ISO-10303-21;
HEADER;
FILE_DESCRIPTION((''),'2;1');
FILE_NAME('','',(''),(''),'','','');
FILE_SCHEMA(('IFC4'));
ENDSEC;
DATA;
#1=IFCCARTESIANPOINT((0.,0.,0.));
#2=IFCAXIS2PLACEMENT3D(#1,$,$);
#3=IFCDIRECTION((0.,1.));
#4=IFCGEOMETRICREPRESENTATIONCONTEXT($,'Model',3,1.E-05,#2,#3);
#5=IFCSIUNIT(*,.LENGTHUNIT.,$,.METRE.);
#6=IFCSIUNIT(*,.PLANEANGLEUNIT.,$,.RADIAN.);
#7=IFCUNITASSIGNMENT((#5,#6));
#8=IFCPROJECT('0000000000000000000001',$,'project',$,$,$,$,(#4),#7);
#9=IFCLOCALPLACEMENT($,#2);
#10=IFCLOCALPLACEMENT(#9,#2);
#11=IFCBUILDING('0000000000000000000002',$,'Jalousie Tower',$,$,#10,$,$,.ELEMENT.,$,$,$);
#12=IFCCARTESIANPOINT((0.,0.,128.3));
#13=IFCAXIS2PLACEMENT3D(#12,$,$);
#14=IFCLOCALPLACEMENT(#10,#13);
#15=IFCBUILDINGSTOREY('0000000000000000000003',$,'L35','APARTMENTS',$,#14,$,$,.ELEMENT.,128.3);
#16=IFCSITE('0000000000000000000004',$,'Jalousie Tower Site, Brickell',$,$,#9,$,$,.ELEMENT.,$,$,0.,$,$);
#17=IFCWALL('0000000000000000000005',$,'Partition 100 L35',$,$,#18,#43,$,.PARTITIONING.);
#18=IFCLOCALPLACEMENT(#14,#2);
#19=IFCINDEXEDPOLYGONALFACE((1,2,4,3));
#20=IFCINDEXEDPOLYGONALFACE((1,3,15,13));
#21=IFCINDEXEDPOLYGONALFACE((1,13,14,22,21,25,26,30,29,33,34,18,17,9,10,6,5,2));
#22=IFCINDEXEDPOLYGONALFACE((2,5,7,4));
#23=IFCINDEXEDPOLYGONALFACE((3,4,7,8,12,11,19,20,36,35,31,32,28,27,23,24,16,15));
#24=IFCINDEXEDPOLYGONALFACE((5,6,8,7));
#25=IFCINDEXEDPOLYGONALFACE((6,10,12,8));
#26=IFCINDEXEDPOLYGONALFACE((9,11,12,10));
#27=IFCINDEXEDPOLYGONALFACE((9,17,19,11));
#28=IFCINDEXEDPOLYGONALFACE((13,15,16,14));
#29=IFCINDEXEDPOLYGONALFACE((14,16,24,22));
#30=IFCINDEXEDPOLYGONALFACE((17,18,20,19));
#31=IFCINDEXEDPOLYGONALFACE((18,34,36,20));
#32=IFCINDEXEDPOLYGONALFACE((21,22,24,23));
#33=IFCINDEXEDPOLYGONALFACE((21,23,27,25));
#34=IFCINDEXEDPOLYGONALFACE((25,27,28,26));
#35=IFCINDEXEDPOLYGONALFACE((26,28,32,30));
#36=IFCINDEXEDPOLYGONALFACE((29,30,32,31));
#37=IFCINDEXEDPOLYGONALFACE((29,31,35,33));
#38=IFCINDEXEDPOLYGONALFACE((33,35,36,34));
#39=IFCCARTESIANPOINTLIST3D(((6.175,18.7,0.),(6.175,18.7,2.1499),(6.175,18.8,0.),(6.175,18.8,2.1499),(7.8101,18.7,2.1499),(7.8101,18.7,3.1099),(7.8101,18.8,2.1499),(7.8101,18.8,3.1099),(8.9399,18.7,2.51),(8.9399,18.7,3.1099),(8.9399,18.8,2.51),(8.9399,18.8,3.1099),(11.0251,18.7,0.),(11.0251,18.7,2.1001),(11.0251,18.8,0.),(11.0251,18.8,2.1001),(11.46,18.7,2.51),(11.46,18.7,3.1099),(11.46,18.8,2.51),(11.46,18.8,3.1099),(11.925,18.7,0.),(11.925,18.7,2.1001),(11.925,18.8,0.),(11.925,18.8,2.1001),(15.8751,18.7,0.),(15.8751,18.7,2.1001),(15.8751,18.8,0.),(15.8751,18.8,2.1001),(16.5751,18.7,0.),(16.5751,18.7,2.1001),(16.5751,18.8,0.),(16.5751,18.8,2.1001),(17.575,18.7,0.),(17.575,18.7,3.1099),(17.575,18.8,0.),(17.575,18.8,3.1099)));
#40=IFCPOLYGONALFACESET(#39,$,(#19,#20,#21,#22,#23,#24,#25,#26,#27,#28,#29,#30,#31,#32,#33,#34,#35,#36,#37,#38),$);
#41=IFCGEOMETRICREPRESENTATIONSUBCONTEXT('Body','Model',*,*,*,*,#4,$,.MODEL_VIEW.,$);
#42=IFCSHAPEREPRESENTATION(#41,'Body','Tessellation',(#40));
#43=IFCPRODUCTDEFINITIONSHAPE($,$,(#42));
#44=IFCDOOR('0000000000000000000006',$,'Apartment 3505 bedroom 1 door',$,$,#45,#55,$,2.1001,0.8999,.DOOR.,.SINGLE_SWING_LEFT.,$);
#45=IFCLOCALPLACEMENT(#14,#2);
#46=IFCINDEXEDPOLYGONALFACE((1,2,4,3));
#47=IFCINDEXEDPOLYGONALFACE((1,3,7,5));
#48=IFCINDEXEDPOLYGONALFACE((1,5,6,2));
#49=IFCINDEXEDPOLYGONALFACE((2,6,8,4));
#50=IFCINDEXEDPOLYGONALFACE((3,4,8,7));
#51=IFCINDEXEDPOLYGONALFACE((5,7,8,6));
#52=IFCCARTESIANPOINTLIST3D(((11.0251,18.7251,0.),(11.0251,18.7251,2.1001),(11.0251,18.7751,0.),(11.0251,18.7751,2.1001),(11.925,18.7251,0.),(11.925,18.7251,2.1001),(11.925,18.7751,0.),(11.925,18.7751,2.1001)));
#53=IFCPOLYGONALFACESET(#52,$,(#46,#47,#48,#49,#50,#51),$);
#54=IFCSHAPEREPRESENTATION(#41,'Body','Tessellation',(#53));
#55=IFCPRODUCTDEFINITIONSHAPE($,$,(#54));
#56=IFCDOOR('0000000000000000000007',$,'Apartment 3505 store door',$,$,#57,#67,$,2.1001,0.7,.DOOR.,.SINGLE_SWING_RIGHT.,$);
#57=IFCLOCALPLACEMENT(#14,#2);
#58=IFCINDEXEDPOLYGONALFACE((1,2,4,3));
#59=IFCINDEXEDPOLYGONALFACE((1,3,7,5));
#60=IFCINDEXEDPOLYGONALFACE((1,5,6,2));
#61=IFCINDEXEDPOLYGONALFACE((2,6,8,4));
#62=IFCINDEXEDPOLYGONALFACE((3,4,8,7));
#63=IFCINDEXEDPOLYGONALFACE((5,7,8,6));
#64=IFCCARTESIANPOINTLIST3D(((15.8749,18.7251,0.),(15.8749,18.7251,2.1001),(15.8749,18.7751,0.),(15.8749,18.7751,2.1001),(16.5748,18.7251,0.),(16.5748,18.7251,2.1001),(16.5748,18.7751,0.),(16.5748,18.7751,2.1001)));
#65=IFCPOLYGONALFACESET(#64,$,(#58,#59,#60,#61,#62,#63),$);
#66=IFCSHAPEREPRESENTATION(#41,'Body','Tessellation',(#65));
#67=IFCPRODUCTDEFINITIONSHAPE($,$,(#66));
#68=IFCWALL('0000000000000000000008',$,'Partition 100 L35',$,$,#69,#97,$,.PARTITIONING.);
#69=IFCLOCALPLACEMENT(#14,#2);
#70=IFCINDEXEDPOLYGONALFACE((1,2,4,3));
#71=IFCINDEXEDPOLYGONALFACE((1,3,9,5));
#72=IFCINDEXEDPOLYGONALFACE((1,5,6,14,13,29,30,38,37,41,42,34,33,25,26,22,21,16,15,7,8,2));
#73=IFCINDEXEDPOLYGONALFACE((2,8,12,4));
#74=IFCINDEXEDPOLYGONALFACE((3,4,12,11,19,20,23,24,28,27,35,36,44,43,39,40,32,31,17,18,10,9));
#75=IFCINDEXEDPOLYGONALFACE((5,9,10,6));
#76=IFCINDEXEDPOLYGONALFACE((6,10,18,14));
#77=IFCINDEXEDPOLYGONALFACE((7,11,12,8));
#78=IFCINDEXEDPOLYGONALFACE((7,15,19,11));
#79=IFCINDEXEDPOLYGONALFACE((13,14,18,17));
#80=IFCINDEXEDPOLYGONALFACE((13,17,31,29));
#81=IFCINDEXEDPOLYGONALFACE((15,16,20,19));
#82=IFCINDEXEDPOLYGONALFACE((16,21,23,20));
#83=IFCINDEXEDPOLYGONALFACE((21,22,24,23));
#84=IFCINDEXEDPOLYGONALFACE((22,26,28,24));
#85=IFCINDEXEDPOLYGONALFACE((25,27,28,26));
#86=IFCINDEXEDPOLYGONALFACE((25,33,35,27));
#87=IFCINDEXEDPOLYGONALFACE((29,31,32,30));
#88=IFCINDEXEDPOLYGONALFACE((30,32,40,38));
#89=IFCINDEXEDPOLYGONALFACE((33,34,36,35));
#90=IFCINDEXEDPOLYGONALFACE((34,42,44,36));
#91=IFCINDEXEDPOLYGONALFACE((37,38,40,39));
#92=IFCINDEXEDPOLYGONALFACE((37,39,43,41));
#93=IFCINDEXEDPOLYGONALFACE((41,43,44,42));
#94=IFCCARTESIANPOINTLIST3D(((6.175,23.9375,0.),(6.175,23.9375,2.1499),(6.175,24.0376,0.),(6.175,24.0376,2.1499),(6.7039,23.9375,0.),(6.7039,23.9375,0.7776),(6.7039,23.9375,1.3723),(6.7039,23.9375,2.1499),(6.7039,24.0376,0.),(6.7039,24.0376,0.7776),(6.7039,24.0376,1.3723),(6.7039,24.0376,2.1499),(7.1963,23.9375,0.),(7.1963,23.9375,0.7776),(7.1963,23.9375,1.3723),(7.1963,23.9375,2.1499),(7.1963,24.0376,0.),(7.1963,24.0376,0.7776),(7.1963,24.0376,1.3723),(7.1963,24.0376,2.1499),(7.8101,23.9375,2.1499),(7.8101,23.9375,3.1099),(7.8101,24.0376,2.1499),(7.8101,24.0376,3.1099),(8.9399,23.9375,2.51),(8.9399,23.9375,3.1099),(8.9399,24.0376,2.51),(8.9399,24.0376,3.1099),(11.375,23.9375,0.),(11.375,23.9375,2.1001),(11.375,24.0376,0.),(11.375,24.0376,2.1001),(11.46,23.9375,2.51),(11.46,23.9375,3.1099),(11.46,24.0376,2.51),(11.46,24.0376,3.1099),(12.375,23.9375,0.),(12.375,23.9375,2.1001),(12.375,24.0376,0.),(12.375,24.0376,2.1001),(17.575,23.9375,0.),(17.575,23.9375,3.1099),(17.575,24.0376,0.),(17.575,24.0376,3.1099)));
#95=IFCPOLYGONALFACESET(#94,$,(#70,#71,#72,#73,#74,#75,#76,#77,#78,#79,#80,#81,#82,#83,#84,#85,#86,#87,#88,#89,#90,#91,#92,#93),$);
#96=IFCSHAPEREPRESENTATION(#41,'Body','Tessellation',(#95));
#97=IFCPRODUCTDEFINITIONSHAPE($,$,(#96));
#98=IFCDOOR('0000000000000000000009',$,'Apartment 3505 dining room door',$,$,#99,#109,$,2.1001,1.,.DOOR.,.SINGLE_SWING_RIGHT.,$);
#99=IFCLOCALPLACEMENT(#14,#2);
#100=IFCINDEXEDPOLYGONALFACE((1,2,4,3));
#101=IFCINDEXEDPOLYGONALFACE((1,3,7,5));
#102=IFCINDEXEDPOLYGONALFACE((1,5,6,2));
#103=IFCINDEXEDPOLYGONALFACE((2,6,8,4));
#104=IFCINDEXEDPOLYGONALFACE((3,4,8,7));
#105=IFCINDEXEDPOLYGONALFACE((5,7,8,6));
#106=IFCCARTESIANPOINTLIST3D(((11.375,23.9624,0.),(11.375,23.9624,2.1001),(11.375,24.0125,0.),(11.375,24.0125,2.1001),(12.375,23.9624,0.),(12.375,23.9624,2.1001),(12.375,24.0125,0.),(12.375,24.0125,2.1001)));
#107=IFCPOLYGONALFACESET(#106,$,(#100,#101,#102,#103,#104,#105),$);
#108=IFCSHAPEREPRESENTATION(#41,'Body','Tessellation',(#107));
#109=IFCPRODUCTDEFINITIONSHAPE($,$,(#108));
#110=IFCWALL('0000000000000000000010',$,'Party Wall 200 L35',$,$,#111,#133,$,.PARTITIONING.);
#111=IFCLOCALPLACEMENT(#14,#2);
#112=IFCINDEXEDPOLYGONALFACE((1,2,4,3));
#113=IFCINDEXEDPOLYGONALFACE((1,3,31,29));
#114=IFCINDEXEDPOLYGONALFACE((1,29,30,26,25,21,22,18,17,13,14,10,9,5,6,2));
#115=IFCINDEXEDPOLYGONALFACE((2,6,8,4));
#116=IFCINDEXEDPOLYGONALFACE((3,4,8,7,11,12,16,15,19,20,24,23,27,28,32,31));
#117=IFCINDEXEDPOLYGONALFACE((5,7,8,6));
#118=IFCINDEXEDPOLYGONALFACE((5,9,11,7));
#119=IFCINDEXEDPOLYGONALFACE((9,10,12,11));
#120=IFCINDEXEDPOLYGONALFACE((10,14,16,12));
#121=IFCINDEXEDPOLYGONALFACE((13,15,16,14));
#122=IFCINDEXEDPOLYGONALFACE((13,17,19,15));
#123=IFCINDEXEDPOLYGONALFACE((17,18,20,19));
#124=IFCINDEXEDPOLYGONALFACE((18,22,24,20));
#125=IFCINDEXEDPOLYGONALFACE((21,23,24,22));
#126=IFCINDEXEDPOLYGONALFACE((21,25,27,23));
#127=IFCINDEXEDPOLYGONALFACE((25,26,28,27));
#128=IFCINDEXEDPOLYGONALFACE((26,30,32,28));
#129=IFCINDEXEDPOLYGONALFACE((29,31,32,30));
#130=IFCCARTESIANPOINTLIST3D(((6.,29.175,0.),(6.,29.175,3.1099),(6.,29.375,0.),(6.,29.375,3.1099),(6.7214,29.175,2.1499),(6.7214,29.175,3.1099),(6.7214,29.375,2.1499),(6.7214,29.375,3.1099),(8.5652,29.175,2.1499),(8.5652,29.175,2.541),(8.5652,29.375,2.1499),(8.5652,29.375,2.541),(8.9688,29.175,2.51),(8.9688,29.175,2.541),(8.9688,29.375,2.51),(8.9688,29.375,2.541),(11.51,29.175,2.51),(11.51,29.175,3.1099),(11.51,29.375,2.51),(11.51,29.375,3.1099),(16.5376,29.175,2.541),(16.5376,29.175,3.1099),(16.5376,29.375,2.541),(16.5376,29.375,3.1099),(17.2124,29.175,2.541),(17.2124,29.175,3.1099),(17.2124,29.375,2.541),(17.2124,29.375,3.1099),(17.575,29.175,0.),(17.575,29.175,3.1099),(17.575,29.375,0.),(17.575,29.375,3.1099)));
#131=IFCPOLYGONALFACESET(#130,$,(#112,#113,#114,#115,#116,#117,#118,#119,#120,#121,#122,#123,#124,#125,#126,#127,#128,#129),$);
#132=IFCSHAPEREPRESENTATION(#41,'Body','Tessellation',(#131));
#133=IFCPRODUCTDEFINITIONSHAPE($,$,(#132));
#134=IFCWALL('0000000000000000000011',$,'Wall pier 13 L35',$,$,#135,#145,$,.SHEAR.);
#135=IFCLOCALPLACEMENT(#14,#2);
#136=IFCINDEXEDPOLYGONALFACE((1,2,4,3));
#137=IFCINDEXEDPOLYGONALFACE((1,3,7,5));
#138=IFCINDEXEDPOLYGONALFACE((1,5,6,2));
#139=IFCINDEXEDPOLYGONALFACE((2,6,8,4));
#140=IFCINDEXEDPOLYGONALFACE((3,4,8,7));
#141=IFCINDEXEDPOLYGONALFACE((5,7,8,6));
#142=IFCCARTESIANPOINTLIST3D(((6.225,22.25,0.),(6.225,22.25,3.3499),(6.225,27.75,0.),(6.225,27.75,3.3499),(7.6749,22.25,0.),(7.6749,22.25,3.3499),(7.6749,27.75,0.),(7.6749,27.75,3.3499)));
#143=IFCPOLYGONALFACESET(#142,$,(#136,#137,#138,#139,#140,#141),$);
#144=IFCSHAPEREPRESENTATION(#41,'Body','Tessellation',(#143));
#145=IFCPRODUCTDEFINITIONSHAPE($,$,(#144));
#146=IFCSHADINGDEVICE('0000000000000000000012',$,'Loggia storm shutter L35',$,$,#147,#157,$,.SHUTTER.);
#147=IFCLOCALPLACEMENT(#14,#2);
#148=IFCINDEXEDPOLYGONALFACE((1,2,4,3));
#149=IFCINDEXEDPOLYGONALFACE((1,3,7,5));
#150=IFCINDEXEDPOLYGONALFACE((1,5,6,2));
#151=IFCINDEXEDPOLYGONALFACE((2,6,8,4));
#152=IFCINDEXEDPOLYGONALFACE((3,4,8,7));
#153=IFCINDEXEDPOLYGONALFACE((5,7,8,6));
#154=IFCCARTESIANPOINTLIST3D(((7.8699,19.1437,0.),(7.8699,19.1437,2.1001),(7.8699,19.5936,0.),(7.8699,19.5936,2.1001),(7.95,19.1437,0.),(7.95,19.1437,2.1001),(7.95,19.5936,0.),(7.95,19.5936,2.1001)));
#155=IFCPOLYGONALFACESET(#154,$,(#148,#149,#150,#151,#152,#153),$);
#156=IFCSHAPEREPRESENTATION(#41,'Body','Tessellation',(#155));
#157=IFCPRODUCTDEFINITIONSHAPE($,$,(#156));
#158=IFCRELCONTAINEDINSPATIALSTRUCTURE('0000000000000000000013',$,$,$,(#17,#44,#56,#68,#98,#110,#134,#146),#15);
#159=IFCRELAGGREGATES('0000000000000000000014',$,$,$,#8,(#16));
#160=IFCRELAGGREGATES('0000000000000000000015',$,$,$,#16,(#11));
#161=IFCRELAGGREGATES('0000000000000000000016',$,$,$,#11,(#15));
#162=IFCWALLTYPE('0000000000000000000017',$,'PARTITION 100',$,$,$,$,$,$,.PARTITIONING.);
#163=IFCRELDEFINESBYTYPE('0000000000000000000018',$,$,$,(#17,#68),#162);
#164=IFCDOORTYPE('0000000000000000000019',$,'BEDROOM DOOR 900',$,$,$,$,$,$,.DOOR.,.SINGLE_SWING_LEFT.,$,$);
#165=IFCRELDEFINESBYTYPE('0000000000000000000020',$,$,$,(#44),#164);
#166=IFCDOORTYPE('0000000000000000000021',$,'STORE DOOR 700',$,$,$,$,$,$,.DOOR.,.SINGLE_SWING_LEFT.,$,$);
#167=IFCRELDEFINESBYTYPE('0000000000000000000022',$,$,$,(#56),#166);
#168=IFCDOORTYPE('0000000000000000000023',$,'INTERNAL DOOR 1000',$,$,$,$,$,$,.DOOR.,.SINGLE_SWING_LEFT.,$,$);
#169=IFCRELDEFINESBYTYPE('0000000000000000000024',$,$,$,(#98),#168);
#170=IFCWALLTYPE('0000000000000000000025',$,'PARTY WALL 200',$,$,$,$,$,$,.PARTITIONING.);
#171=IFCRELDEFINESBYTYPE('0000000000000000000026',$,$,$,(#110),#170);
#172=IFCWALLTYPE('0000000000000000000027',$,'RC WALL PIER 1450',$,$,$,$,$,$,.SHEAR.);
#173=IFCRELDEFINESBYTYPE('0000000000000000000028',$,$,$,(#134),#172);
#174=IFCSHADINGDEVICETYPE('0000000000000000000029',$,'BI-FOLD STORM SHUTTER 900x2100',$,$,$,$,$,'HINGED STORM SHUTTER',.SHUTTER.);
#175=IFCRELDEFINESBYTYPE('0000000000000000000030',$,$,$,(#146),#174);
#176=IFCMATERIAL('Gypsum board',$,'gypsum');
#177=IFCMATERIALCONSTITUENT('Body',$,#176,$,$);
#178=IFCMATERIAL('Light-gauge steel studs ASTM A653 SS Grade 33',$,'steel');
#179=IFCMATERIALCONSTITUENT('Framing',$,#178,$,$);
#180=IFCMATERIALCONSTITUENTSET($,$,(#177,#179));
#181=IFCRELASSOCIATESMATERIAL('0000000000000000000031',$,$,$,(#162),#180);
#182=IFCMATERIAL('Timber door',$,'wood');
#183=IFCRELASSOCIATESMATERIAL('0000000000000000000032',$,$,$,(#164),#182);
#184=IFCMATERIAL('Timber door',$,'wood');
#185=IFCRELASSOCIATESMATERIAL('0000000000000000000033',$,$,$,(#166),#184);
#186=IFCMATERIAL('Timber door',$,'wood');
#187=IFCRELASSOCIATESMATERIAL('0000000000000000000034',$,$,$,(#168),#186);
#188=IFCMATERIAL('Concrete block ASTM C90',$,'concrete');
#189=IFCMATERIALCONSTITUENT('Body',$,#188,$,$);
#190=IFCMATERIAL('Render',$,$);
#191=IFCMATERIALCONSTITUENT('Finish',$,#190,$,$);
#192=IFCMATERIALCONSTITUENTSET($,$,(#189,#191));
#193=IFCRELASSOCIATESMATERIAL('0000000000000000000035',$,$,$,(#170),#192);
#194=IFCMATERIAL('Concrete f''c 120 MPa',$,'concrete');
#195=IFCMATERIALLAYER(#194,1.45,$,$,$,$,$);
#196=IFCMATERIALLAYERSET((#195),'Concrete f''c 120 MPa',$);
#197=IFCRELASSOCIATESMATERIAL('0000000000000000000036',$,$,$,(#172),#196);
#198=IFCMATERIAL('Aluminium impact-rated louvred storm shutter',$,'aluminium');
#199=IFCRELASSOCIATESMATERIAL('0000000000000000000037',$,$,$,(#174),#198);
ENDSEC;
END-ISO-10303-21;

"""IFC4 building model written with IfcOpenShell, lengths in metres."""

from ifc_helpers import new_model, si_unit, direction, frame, frame_2d, origin, origin_2d, place, context, subcontext, project, spatial, polyline, rectangle, outline, extrude, material, layer, layer_set, constituent, constituent_set, type_object, element, fill, save


model = new_model("IFC4")

# Units and contexts
model_context = context("Model", 3, precision=1e-05, world=origin(), true_north=direction((0.0, 1.0)))
body_context = subcontext(model_context, "Body", "Model", "MODEL_VIEW")
ifc_project = project(units=[si_unit("LENGTHUNIT", "METRE"), si_unit("PLANEANGLEUNIT", "RADIAN")], contexts=[model_context])

# Site, building, storey
site_placement = place(None, origin())
site = spatial("IfcSite", under=ifc_project, at=site_placement, Name="Jalousie Tower Site, Brickell", CompositionType="ELEMENT", RefElevation=0.0)
building_placement = place(site_placement, origin())
building = spatial("IfcBuilding", under=site, at=building_placement, Name="Jalousie Tower", CompositionType="ELEMENT")
storey_placement = place(building_placement, frame((0.0, 0.0, 128.3)))
storey = spatial("IfcBuildingStorey", under=building, at=storey_placement, Name="L35", Description="APARTMENTS", CompositionType="ELEMENT", Elevation=128.3)

# Wall, openings, doors
ifc_material_1 = material(Name="Gypsum board", Category="gypsum")
ifc_constituent_1 = constituent(ifc_material_1, Name="Body")
ifc_material_2 = material(Name="Light-gauge steel studs ASTM A653 SS Grade 33", Category="steel")
ifc_constituent_2 = constituent(ifc_material_2, Name="Framing")
ifc_constituent_set_1 = constituent_set(constituents=[ifc_constituent_1, ifc_constituent_2])
wall_type_1 = type_object("IfcWallType", Name="PARTITION 100", PredefinedType="PARTITIONING", material=ifc_constituent_set_1)
wall_1_placement = place(storey_placement, frame((6.175, 18.75, 0.0), z_axis=(0.0, 0.0, 1.0), x_axis=(1.0, 0.0, 0.0)))
wall_1 = element("IfcWall", 1, at=wall_1_placement, inside=storey, type_object=wall_type_1, Name="Partition 100 L35", PredefinedType="PARTITIONING", context=body_context, shape_type="SweptSolid", body=[
    extrude(outline(polyline([(0.0, 0.0), (11.3999, 0.0), (11.3999, 3.1099), (5.2849, 3.1099), (5.2849, 2.51), (2.7649, 2.51), (2.7649, 3.1099), (1.635, 3.1099), (1.635, 2.1499), (0.0, 2.1499), (0.0, 3.1099), (0.0, 0.0)])), frame((0.0, 0.05, 0.0), z_axis=(0.0, -1.0, 0.0), x_axis=(1.0, 0.0, 0.0)), (0.0, 0.0, 1.0), 0.1001),
])
opening_1_placement = place(wall_1_placement, frame((4.8501, 0.0, 0.0)))
opening_1 = element("IfcOpeningElement", 2, at=opening_1_placement, cuts=wall_1, PredefinedType="OPENING", context=body_context, shape_type="SweptSolid", body=[
    extrude(rectangle(XDim=0.8999, YDim=2.1001, at=frame_2d((0.45, 1.05))), frame((0.0, 0.0601, 0.0), z_axis=(0.0, -1.0, 0.0), x_axis=(1.0, 0.0, 0.0)), (0.0, 0.0, 1.0), 0.1201),
])
opening_2_placement = place(wall_1_placement, frame((9.7, 0.0, 0.0)))
opening_2 = element("IfcOpeningElement", 3, at=opening_2_placement, cuts=wall_1, PredefinedType="OPENING", context=body_context, shape_type="SweptSolid", body=[
    extrude(rectangle(XDim=0.7, YDim=2.1001, at=frame_2d((0.3501, 1.05))), frame((0.0, 0.0601, 0.0), z_axis=(0.0, -1.0, 0.0), x_axis=(1.0, 0.0, 0.0)), (0.0, 0.0, 1.0), 0.1201),
])
ifc_material_3 = material(Name="Timber door", Category="wood")
door_type_1 = type_object("IfcDoorType", Name="BEDROOM DOOR 900", OperationType="SINGLE_SWING_LEFT", PredefinedType="DOOR", material=ifc_material_3)
door_1_placement = place(opening_1_placement, frame((0.8999, 0.0, 0.0), z_axis=(0.0, 0.0, 1.0), x_axis=(-1.0, 0.0, 0.0)))
door_1 = element("IfcDoor", 4, at=door_1_placement, inside=storey, type_object=door_type_1, Name="Apartment 3505 bedroom 1 door", OperationType="SINGLE_SWING_LEFT", OverallHeight=2.1001, OverallWidth=0.8999, PredefinedType="DOOR", context=body_context, shape_type="SweptSolid", body=[
    extrude(rectangle(XDim=0.8999, YDim=2.1001, at=frame_2d((0.45, 1.05))), frame((0.0, 0.0249, 0.0), z_axis=(0.0, -1.0, 0.0), x_axis=(1.0, 0.0, 0.0)), (0.0, 0.0, 1.0), 0.05),
])
fill(opening_1, door_1)
ifc_material_4 = material(Name="Timber door", Category="wood")
door_type_2 = type_object("IfcDoorType", Name="STORE DOOR 700", OperationType="SINGLE_SWING_LEFT", PredefinedType="DOOR", material=ifc_material_4)
door_2_placement = place(opening_2_placement, frame((0.7, 0.0, 0.0), z_axis=(0.0, 0.0, 1.0), x_axis=(-1.0, 0.0, 0.0)))
door_2 = element("IfcDoor", 5, at=door_2_placement, inside=storey, type_object=door_type_2, Name="Apartment 3505 store door", OperationType="SINGLE_SWING_RIGHT", OverallHeight=2.1001, OverallWidth=0.7, PredefinedType="DOOR", context=body_context, shape_type="SweptSolid", body=[
    extrude(rectangle(XDim=0.7, YDim=2.1001, at=frame_2d((0.3501, 1.05))), frame((0.0, 0.0249, 0.0), z_axis=(0.0, -1.0, 0.0), x_axis=(1.0, 0.0, 0.0)), (0.0, 0.0, 1.0), 0.05),
])
fill(opening_2, door_2)

# Wall, opening, door
wall_2_placement = place(storey_placement, frame((6.175, 23.9875, 0.0), z_axis=(0.0, 0.0, 1.0), x_axis=(1.0, 0.0, 0.0)))
wall_2 = element("IfcWall", 6, at=wall_2_placement, inside=storey, type_object=wall_type_1, Name="Partition 100 L35", PredefinedType="PARTITIONING", context=body_context, shape_type="SweptSolid", body=[
    extrude(outline(polyline([(0.5288, 2.1499), (0.0, 2.1499), (0.0, 0.0), (0.5288, 0.0), (0.5288, 0.7776), (1.0212, 0.7776), (1.0212, 0.0), (11.3999, 0.0), (11.3999, 3.1099), (5.2849, 3.1099), (5.2849, 2.51), (2.7649, 2.51), (2.7649, 3.1099), (1.635, 3.1099), (1.635, 2.1499), (1.0212, 2.1499), (1.0212, 1.3723), (0.5288, 1.3723), (0.5288, 2.1499)])), frame((0.0, 0.05, 0.0), z_axis=(0.0, -1.0, 0.0), x_axis=(1.0, 0.0, 0.0)), (0.0, 0.0, 1.0), 0.1001),
])
opening_3_placement = place(wall_2_placement, frame((5.2, 0.0, 0.0)))
opening_3 = element("IfcOpeningElement", 7, at=opening_3_placement, cuts=wall_2, PredefinedType="OPENING", context=body_context, shape_type="SweptSolid", body=[
    extrude(rectangle(XDim=1.0, YDim=2.1001, at=frame_2d((0.5, 1.05))), frame((0.0, 0.0601, 0.0), z_axis=(0.0, -1.0, 0.0), x_axis=(1.0, 0.0, 0.0)), (0.0, 0.0, 1.0), 0.1201),
])
ifc_material_5 = material(Name="Timber door", Category="wood")
door_type_3 = type_object("IfcDoorType", Name="INTERNAL DOOR 1000", OperationType="SINGLE_SWING_LEFT", PredefinedType="DOOR", material=ifc_material_5)
door_3_placement = place(opening_3_placement, origin())
door_3 = element("IfcDoor", 8, at=door_3_placement, inside=storey, type_object=door_type_3, Name="Apartment 3505 dining room door", OperationType="SINGLE_SWING_RIGHT", OverallHeight=2.1001, OverallWidth=1.0, PredefinedType="DOOR", context=body_context, shape_type="SweptSolid", body=[
    extrude(rectangle(XDim=1.0, YDim=2.1001, at=frame_2d((0.5, 1.05))), frame((0.0, 0.0249, 0.0), z_axis=(0.0, -1.0, 0.0), x_axis=(1.0, 0.0, 0.0)), (0.0, 0.0, 1.0), 0.05),
])
fill(opening_3, door_3)

# Walls
ifc_material_6 = material(Name="Concrete block ASTM C90", Category="concrete")
ifc_constituent_3 = constituent(ifc_material_6, Name="Body")
ifc_material_7 = material(Name="Render")
ifc_constituent_4 = constituent(ifc_material_7, Name="Finish")
ifc_constituent_set_2 = constituent_set(constituents=[ifc_constituent_3, ifc_constituent_4])
wall_type_2 = type_object("IfcWallType", Name="PARTY WALL 200", PredefinedType="PARTITIONING", material=ifc_constituent_set_2)
wall_3_placement = place(storey_placement, frame((6.0, 29.2749, 0.0), z_axis=(0.0, 0.0, 1.0), x_axis=(1.0, 0.0, 0.0)))
element("IfcWall", 9, at=wall_3_placement, inside=storey, type_object=wall_type_2, Name="Party Wall 200 L35", PredefinedType="PARTITIONING", context=body_context, shape_type="SweptSolid", body=[
    extrude(outline(polyline([(0.0, 0.0), (11.575, 0.0), (11.575, 3.1099), (11.2124, 3.1099), (11.2124, 2.541), (10.5376, 2.541), (10.5376, 3.1099), (5.51, 3.1099), (5.51, 2.51), (2.9688, 2.51), (2.9688, 2.541), (2.5652, 2.541), (2.5652, 2.1499), (0.7214, 2.1499), (0.7214, 3.1099), (0.0, 3.1099), (0.0, 0.0)])), frame((0.0, 0.1001, 0.0), z_axis=(0.0, -1.0, 0.0), x_axis=(1.0, 0.0, 0.0)), (0.0, 0.0, 1.0), 0.2),
])
ifc_material_8 = material(Name="Concrete f'c 120 MPa", Category="concrete")
ifc_layer_1 = layer(ifc_material_8, 1.45)
ifc_layer_set_1 = layer_set([ifc_layer_1], Name="Concrete f'c 120 MPa")
wall_type_3 = type_object("IfcWallType", Name="RC WALL PIER 1450", PredefinedType="SHEAR", material=ifc_layer_set_1)
wall_4_placement = place(storey_placement, frame((6.95, 22.25, 0.0), z_axis=(0.0, 0.0, 1.0), x_axis=(0.0, 1.0, 0.0)))
element("IfcWall", 10, at=wall_4_placement, inside=storey, type_object=wall_type_3, Name="Wall pier 13 L35", PredefinedType="SHEAR", context=body_context, shape_type="SweptSolid", body=[
    extrude(rectangle(XDim=5.5, YDim=1.45, at=frame_2d((2.75, 0.0))), origin(), (0.0, 0.0, 1.0), 3.3499),
])

# Shading device
ifc_material_9 = material(Name="Aluminium impact-rated louvred storm shutter", Category="aluminium")
shading_device_type_1 = type_object("IfcShadingDeviceType", Name="BI-FOLD STORM SHUTTER 900x2100", ElementType="HINGED STORM SHUTTER", PredefinedType="SHUTTER", material=ifc_material_9)
shading_device_1_placement = place(storey_placement, frame((7.9099, 19.3687, 0.0), z_axis=(0.0, 0.0, 1.0), x_axis=(0.0, -1.0, 0.0)))
element("IfcShadingDevice", 11, at=shading_device_1_placement, inside=storey, type_object=shading_device_type_1, Name="Loggia storm shutter L35", PredefinedType="SHUTTER", context=body_context, shape_type="SweptSolid", body=[
    extrude(rectangle(XDim=0.45, YDim=0.0801, at=origin_2d()), origin(), (0.0, 0.0, 1.0), 2.1001),
])

save(model, "model.ifc")
